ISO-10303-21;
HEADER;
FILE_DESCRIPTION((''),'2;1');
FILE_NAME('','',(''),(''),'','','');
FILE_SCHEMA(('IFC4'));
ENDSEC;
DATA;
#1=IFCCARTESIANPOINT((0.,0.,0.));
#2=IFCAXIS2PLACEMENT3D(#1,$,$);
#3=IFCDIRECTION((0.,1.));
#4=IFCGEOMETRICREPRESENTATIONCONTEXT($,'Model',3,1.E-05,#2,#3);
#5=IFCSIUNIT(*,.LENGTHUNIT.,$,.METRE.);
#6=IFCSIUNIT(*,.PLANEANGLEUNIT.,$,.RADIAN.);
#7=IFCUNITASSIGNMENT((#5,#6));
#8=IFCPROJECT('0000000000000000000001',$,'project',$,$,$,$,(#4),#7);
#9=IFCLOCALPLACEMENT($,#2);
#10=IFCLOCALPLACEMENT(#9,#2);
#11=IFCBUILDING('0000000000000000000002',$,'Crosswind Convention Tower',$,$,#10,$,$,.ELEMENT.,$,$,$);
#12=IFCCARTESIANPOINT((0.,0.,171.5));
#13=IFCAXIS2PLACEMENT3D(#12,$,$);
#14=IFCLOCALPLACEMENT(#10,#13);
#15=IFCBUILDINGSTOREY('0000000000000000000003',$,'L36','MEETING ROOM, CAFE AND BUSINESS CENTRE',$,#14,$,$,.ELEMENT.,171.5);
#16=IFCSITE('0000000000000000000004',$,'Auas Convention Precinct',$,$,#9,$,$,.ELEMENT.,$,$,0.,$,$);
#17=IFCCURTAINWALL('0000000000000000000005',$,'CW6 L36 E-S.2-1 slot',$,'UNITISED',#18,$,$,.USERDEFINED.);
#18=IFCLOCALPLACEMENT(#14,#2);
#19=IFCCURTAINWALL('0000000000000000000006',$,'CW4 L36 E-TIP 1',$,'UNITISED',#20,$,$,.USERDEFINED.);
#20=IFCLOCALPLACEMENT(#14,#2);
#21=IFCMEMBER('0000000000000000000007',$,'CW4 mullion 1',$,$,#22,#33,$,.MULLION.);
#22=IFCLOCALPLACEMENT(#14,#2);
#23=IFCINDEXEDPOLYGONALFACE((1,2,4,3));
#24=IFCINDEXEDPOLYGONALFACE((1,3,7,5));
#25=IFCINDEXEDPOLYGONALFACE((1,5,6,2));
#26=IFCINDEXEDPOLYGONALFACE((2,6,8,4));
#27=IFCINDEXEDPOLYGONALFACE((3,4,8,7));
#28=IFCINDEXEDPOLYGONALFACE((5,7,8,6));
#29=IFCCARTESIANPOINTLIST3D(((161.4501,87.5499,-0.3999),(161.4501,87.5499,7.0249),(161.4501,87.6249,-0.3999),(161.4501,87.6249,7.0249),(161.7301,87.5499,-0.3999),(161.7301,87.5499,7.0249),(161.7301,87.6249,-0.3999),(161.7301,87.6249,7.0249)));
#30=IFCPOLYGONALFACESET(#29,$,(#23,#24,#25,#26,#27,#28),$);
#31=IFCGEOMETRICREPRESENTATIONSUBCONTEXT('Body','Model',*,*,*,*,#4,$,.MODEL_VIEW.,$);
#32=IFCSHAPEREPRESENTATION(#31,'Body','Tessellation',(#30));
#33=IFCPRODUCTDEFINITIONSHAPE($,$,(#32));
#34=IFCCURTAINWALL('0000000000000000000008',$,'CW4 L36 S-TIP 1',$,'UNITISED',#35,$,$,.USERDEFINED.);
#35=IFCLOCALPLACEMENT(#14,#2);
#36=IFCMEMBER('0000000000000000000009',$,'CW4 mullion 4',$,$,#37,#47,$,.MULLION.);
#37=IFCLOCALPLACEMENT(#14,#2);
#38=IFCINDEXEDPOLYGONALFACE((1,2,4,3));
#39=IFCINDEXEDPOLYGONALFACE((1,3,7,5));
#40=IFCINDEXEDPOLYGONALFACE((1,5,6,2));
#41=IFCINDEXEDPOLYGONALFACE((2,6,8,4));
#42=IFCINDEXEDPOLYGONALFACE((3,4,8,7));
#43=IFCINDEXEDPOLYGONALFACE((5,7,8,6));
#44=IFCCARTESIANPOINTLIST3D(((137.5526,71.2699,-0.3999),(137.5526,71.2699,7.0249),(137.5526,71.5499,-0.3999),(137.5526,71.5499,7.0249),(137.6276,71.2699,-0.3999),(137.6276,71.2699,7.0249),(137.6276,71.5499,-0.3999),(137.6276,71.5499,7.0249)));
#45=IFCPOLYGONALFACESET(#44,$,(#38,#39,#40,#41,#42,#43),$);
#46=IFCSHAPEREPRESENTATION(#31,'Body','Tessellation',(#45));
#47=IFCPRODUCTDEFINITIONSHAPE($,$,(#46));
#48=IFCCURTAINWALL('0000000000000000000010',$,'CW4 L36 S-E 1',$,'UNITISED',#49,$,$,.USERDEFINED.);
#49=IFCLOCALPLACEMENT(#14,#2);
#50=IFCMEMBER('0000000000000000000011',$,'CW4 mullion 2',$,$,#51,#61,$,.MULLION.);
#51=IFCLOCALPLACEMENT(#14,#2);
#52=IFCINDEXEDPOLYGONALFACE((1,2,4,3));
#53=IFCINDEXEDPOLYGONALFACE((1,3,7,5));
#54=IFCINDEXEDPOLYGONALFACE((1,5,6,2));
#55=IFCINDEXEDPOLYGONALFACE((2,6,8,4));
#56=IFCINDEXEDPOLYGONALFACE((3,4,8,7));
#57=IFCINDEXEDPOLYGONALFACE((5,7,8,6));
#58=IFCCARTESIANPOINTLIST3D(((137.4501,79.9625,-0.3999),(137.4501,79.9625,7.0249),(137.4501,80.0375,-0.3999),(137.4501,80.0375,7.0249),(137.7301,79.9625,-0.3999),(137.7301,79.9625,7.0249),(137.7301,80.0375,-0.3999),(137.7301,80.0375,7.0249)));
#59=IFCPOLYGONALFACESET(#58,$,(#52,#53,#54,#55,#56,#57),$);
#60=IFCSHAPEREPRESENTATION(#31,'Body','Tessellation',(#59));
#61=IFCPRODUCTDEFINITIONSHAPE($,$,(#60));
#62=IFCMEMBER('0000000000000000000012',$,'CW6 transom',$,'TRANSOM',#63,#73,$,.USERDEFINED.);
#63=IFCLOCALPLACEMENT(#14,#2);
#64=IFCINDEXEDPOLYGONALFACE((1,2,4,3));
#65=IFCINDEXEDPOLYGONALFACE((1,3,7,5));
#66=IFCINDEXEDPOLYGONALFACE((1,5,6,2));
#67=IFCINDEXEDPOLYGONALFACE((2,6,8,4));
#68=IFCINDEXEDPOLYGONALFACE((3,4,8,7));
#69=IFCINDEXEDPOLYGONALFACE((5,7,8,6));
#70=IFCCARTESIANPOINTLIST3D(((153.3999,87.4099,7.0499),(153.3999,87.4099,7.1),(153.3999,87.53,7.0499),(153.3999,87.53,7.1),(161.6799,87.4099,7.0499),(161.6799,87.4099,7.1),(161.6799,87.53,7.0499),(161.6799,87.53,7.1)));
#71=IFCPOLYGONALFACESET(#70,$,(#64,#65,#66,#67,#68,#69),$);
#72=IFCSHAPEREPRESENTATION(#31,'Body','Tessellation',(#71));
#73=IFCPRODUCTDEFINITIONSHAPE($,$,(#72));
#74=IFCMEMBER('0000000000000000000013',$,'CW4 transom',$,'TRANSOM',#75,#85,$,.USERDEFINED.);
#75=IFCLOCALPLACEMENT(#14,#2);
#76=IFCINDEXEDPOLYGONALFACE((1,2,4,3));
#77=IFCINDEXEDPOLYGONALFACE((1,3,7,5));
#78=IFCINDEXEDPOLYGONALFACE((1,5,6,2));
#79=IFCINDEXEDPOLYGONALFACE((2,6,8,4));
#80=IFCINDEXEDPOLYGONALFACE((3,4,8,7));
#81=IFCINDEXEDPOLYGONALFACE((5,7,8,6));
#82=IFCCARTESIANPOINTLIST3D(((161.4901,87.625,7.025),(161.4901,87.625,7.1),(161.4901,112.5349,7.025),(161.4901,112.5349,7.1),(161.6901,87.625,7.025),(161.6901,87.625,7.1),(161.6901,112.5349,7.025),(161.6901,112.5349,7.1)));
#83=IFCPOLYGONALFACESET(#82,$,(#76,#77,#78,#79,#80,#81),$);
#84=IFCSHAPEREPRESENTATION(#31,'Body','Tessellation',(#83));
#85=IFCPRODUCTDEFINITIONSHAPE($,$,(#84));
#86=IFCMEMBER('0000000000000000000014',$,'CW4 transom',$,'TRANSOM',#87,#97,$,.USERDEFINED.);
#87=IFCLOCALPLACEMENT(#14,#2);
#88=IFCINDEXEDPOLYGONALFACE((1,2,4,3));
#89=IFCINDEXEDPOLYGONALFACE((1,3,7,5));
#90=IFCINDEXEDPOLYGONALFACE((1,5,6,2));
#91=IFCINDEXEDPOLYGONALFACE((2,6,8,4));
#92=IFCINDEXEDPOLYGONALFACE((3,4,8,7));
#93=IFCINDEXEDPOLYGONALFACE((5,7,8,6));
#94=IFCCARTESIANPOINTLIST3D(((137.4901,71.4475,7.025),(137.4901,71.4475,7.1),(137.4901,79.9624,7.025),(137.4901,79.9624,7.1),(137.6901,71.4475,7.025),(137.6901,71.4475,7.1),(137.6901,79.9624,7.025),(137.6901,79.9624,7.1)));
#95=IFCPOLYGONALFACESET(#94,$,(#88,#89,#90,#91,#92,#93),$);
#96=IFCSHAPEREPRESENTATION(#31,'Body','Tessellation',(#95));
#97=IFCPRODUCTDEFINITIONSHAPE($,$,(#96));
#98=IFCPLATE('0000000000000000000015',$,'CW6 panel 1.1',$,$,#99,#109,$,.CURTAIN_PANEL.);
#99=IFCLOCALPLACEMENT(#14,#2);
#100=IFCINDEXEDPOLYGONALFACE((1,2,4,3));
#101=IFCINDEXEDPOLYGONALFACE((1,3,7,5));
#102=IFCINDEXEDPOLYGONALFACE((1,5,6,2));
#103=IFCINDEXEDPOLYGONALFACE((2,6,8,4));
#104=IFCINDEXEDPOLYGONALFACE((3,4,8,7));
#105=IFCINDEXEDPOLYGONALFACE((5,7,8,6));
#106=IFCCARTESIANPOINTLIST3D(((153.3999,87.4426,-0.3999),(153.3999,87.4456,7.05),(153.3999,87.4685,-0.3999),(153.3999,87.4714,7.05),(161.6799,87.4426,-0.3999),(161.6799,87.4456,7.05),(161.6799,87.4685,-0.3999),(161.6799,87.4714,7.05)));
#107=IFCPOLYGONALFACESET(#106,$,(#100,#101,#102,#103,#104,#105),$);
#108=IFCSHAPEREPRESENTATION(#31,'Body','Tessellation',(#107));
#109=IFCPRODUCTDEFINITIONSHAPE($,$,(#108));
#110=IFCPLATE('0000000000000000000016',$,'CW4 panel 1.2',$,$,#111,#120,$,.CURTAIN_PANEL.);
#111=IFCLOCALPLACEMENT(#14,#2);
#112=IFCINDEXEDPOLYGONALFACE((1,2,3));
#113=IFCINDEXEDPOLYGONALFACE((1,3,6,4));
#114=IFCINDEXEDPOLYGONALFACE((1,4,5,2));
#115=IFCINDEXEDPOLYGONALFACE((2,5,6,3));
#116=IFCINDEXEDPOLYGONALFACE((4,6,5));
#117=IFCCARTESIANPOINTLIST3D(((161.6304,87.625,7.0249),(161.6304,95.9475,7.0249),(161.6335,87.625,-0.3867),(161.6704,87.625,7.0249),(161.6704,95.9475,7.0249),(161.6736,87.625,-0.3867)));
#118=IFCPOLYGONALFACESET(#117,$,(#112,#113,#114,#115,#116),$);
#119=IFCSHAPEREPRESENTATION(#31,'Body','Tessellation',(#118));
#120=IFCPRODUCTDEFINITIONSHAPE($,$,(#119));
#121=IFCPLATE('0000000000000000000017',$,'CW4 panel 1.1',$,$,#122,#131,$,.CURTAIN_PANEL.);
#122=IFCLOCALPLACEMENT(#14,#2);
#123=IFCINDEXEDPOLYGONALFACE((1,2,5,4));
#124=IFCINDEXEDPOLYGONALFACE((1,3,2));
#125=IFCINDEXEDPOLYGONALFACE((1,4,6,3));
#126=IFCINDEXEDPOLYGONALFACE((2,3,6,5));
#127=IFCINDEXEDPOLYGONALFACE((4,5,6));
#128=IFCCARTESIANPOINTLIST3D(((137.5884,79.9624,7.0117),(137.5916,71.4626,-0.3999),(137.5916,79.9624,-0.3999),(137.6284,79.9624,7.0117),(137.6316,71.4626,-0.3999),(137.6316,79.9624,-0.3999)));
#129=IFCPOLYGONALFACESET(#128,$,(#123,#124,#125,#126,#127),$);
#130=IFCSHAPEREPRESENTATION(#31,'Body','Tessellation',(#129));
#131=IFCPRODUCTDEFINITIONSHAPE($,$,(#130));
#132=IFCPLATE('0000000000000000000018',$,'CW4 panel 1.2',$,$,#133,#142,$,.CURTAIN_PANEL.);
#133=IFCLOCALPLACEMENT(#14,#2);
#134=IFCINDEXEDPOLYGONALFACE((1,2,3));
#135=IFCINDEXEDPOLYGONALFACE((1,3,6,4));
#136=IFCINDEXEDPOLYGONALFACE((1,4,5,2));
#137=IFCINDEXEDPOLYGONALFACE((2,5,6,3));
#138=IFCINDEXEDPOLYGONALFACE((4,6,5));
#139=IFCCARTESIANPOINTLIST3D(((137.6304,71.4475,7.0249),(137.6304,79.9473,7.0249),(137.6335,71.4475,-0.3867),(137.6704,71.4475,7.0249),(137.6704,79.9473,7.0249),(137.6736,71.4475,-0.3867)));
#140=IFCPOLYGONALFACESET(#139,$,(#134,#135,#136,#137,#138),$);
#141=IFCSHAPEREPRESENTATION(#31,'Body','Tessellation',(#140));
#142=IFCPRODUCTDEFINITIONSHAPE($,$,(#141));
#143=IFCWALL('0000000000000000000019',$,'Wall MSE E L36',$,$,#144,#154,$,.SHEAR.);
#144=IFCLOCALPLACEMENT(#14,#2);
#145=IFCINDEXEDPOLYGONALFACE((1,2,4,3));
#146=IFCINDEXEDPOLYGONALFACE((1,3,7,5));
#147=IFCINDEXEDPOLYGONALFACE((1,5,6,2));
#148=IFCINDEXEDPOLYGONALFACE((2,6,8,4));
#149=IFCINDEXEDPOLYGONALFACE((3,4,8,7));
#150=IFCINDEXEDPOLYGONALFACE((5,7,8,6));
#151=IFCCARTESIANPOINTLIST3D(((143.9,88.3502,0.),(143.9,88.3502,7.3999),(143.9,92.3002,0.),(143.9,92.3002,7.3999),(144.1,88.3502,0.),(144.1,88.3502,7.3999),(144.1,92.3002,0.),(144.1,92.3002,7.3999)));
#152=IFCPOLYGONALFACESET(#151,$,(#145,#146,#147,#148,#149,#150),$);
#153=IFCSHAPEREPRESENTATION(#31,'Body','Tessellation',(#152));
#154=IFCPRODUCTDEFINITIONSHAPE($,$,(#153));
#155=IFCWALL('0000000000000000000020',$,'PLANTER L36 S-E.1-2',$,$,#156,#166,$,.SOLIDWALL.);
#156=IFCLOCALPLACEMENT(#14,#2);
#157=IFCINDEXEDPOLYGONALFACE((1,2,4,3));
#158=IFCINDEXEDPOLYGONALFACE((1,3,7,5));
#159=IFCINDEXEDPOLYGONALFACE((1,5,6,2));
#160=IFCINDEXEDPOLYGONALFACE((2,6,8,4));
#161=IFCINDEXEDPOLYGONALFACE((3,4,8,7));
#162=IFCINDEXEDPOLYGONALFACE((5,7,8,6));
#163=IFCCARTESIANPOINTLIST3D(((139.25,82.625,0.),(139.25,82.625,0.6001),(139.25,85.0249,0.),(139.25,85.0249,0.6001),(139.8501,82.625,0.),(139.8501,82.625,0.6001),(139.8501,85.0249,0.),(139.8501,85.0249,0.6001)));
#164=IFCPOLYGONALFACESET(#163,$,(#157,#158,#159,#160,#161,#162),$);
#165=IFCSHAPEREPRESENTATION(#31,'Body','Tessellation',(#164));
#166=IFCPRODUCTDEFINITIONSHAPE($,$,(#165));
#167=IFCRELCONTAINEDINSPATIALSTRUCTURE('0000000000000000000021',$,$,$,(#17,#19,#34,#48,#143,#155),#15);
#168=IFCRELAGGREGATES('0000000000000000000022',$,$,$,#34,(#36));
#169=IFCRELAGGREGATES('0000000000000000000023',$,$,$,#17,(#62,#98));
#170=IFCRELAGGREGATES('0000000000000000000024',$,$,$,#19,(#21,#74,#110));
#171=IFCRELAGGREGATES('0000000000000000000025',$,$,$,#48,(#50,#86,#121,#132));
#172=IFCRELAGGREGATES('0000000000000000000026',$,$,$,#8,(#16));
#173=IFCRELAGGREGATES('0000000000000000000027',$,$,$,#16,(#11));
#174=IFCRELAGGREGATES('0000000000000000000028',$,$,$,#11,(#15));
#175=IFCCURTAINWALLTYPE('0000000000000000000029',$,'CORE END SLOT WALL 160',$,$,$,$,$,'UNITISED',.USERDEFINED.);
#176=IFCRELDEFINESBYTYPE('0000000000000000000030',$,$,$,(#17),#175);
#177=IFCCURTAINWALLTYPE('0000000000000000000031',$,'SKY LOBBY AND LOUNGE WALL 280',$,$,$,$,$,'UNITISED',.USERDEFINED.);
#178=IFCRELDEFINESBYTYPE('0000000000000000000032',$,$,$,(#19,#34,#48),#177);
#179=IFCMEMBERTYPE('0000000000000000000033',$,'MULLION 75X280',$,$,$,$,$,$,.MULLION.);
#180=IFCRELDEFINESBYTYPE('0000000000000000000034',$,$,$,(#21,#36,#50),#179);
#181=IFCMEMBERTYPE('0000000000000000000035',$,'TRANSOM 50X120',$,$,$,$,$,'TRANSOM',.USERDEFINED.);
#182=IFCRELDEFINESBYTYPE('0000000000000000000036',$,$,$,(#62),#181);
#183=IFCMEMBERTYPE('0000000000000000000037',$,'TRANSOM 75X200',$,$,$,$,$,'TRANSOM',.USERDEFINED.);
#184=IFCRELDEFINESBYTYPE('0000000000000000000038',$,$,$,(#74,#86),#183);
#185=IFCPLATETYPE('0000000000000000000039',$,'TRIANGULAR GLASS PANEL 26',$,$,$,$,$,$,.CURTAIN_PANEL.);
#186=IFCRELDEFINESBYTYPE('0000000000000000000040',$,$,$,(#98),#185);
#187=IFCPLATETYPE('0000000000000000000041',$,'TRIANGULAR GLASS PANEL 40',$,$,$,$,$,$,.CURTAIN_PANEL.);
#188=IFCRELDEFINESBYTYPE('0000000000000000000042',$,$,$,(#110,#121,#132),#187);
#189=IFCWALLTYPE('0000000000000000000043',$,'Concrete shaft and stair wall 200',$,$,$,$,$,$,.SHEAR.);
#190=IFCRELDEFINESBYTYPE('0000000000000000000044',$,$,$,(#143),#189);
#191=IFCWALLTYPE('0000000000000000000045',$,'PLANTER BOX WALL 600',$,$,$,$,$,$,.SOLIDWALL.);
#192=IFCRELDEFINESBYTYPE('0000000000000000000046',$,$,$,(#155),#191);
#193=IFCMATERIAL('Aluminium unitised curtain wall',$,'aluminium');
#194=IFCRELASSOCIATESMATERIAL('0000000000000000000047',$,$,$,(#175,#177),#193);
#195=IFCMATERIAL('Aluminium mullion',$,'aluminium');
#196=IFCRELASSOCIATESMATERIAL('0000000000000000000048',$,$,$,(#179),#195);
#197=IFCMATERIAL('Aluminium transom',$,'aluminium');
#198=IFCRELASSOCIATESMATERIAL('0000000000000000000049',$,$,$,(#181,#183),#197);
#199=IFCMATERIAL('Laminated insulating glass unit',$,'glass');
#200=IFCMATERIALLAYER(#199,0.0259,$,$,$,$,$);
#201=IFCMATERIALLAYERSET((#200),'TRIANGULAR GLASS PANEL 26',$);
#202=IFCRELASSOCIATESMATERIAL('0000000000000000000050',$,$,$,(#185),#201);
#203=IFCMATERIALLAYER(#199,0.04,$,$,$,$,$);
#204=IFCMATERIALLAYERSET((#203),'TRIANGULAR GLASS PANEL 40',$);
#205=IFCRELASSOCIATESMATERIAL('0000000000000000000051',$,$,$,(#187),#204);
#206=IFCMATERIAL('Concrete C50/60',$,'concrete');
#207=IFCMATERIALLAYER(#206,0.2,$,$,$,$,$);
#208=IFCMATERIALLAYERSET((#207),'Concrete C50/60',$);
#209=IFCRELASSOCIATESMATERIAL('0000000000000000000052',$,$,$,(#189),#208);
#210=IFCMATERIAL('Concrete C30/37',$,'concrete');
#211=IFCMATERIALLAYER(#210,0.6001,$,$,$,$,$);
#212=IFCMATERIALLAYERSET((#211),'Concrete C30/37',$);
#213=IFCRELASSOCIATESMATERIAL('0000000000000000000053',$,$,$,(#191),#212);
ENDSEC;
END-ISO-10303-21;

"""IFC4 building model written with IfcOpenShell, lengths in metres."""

from ifc_helpers import new_model, si_unit, direction, frame, frame_2d, origin, origin_2d, place, context, subcontext, project, spatial, polyline, rectangle, outline, extrude, material, layer, layer_set, material_profile, profile_set, type_object, element, aggregate, save


model = new_model("IFC4")

# Units and contexts
model_context = context("Model", 3, precision=1e-05, world=origin(), true_north=direction((0.0, 1.0)))
body_context = subcontext(model_context, "Body", "Model", "MODEL_VIEW")
ifc_project = project(units=[si_unit("LENGTHUNIT", "METRE"), si_unit("PLANEANGLEUNIT", "RADIAN")], contexts=[model_context])

# Site, building, storey
site_placement = place(None, origin())
site = spatial("IfcSite", under=ifc_project, at=site_placement, Name="Auas Convention Precinct", CompositionType="ELEMENT", RefElevation=0.0)
building_placement = place(site_placement, origin())
building = spatial("IfcBuilding", under=site, at=building_placement, Name="Crosswind Convention Tower", CompositionType="ELEMENT")
storey_placement = place(building_placement, frame((0.0, 0.0, 171.5)))
storey = spatial("IfcBuildingStorey", under=building, at=storey_placement, Name="L36", Description="MEETING ROOM, CAFE AND BUSINESS CENTRE", CompositionType="ELEMENT", Elevation=171.5)

# Curtain wall
ifc_material_1 = material(Name="Aluminium unitised curtain wall", Category="aluminium")
curtain_wall_type_1 = type_object("IfcCurtainWallType", Name="CORE END SLOT WALL 160", ElementType="UNITISED", PredefinedType="USERDEFINED", material=ifc_material_1)
curtain_wall_1_placement = place(storey_placement, origin())
curtain_wall_1 = element("IfcCurtainWall", 1, at=curtain_wall_1_placement, inside=storey, type_object=curtain_wall_type_1, Name="CW6 L36 E-S.2-1 slot", ObjectType="UNITISED", PredefinedType="USERDEFINED")
ifc_material_2 = material(Name="Aluminium mullion", Category="aluminium")

# Curtain walls, members
curtain_wall_type_2 = type_object("IfcCurtainWallType", Name="SKY LOBBY AND LOUNGE WALL 280", ElementType="UNITISED", PredefinedType="USERDEFINED", material=ifc_material_1)
curtain_wall_2_placement = place(storey_placement, origin())
curtain_wall_2 = element("IfcCurtainWall", 2, at=curtain_wall_2_placement, inside=storey, type_object=curtain_wall_type_2, Name="CW4 L36 E-TIP 1", ObjectType="UNITISED", PredefinedType="USERDEFINED")
ifc_material_profile_1 = material_profile(ifc_material_2, rectangle(XDim=0.28, YDim=0.075, at=origin_2d()), Name="AL 280X75")
ifc_profile_set_1 = profile_set([ifc_material_profile_1], Name="Aluminium mullion")
member_type_1 = type_object("IfcMemberType", Name="MULLION 75X280", PredefinedType="MULLION", material=ifc_profile_set_1)
member_1_placement = place(storey_placement, frame((161.5901, 87.5874, -0.3999), z_axis=(0.0, 0.0, 1.0), x_axis=(1.0, 0.0, 0.0)))
member_1 = element("IfcMember", 3, at=member_1_placement, type_object=member_type_1, Name="CW4 mullion 1", PredefinedType="MULLION", context=body_context, shape_type="SweptSolid", body=[
    extrude(rectangle(XDim=0.28, YDim=0.075, at=origin_2d()), origin(), (0.0, 0.0, 1.0), 7.4248),
])
curtain_wall_3_placement = place(storey_placement, origin())
curtain_wall_3 = element("IfcCurtainWall", 4, at=curtain_wall_3_placement, inside=storey, type_object=curtain_wall_type_2, Name="CW4 L36 S-TIP 1", ObjectType="UNITISED", PredefinedType="USERDEFINED")
member_2_placement = place(storey_placement, frame((137.5901, 71.4099, -0.3999), z_axis=(0.0, 0.0, 1.0), x_axis=(0.0, -1.0, 0.0)))
member_2 = element("IfcMember", 5, at=member_2_placement, type_object=member_type_1, Name="CW4 mullion 4", PredefinedType="MULLION", context=body_context, shape_type="SweptSolid", body=[
    extrude(rectangle(XDim=0.28, YDim=0.075, at=origin_2d()), origin(), (0.0, 0.0, 1.0), 7.4248),
])
aggregate(curtain_wall_3, [member_2])
curtain_wall_4_placement = place(storey_placement, origin())
curtain_wall_4 = element("IfcCurtainWall", 6, at=curtain_wall_4_placement, inside=storey, type_object=curtain_wall_type_2, Name="CW4 L36 S-E 1", ObjectType="UNITISED", PredefinedType="USERDEFINED")
member_3_placement = place(storey_placement, frame((137.5901, 80.0, -0.3999), z_axis=(0.0, 0.0, 1.0), x_axis=(1.0, 0.0, 0.0)))
member_3 = element("IfcMember", 7, at=member_3_placement, type_object=member_type_1, Name="CW4 mullion 2", PredefinedType="MULLION", context=body_context, shape_type="SweptSolid", body=[
    extrude(rectangle(XDim=0.28, YDim=0.075, at=origin_2d()), origin(), (0.0, 0.0, 1.0), 7.4248),
])

# Members
ifc_material_3 = material(Name="Aluminium transom", Category="aluminium")
ifc_material_profile_2 = material_profile(ifc_material_3, rectangle(XDim=0.1201, YDim=0.05, at=origin_2d()), Name="AL 120X50")
ifc_profile_set_2 = profile_set([ifc_material_profile_2], Name="Aluminium transom")
member_type_2 = type_object("IfcMemberType", Name="TRANSOM 50X120", ElementType="TRANSOM", PredefinedType="USERDEFINED", material=ifc_profile_set_2)
member_4_placement = place(storey_placement, frame((153.3999, 87.47, 7.075), z_axis=(1.0, 0.0, 0.0), x_axis=(0.0, 1.0, 0.0)))
member_4 = element("IfcMember", 8, at=member_4_placement, type_object=member_type_2, Name="CW6 transom", ObjectType="TRANSOM", PredefinedType="USERDEFINED", context=body_context, shape_type="SweptSolid", body=[
    extrude(rectangle(XDim=0.1201, YDim=0.05, at=origin_2d()), origin(), (0.0, 0.0, 1.0), 8.28),
])
ifc_material_profile_3 = material_profile(ifc_material_3, rectangle(XDim=0.2, YDim=0.075, at=origin_2d()), Name="AL 200X75")
ifc_profile_set_3 = profile_set([ifc_material_profile_3], Name="Aluminium transom")
member_type_3 = type_object("IfcMemberType", Name="TRANSOM 75X200", ElementType="TRANSOM", PredefinedType="USERDEFINED", material=ifc_profile_set_3)
member_5_placement = place(storey_placement, frame((161.5901, 87.625, 7.0625), z_axis=(0.0, 1.0, 0.0), x_axis=(-1.0, 0.0, 0.0)))
member_5 = element("IfcMember", 9, at=member_5_placement, type_object=member_type_3, Name="CW4 transom", ObjectType="TRANSOM", PredefinedType="USERDEFINED", context=body_context, shape_type="SweptSolid", body=[
    extrude(rectangle(XDim=0.2, YDim=0.075, at=origin_2d()), origin(), (0.0, 0.0, 1.0), 24.9099),
])
member_6_placement = place(storey_placement, frame((137.5901, 71.4475, 7.0625), z_axis=(0.0, 1.0, 0.0), x_axis=(-1.0, 0.0, 0.0)))
member_6 = element("IfcMember", 10, at=member_6_placement, type_object=member_type_3, Name="CW4 transom", ObjectType="TRANSOM", PredefinedType="USERDEFINED", context=body_context, shape_type="SweptSolid", body=[
    extrude(rectangle(XDim=0.2, YDim=0.075, at=origin_2d()), origin(), (0.0, 0.0, 1.0), 8.5149),
])

# Plates
ifc_material_4 = material(Name="Laminated insulating glass unit", Category="glass")
ifc_layer_1 = layer(ifc_material_4, 0.0259)
ifc_layer_set_1 = layer_set([ifc_layer_1], Name="TRIANGULAR GLASS PANEL 26")
plate_type_1 = type_object("IfcPlateType", Name="TRIANGULAR GLASS PANEL 26", PredefinedType="CURTAIN_PANEL", material=ifc_layer_set_1)
plate_1_placement = place(storey_placement, frame((153.3999, 87.4426, -0.3999), z_axis=(0.0, -1.0, 0.000393), x_axis=(1.0, 0.0, 0.0)))
plate_1 = element("IfcPlate", 11, at=plate_1_placement, type_object=plate_type_1, Name="CW6 panel 1.1", PredefinedType="CURTAIN_PANEL", context=body_context, shape_type="SweptSolid", body=[
    extrude(outline(polyline([(0.0, 0.0), (8.28, 0.0), (8.28, 7.45), (0.0, 7.45), (0.0, 0.0)])), origin(), (0.0, 0.0, -1.0), 0.0259),
])
aggregate(curtain_wall_1, [member_4, plate_1])
ifc_layer_2 = layer(ifc_material_4, 0.04)
ifc_layer_set_2 = layer_set([ifc_layer_2], Name="TRIANGULAR GLASS PANEL 40")
plate_type_2 = type_object("IfcPlateType", Name="TRIANGULAR GLASS PANEL 40", PredefinedType="CURTAIN_PANEL", material=ifc_layer_set_2)
plate_2_placement = place(storey_placement, frame((161.6704, 87.625, 7.0249), z_axis=(1.0, 0.0, 0.000428), x_axis=(0.000428, 0.0, -1.0)))
plate_2 = element("IfcPlate", 12, at=plate_2_placement, type_object=plate_type_2, Name="CW4 panel 1.2", PredefinedType="CURTAIN_PANEL", context=body_context, shape_type="SweptSolid", body=[
    extrude(outline(polyline([(0.0, 0.0), (7.4116, 0.0), (0.0, 8.3225), (0.0, 0.0)])), origin(), (0.0, 0.0, -1.0), 0.04),
])
plate_3_placement = place(storey_placement, frame((137.6316, 79.9624, -0.3999), z_axis=(1.0, 0.0, 0.000428), x_axis=(-0.000428, 0.0, 1.0)))
plate_3 = element("IfcPlate", 13, at=plate_3_placement, type_object=plate_type_2, Name="CW4 panel 1.1", PredefinedType="CURTAIN_PANEL", context=body_context, shape_type="SweptSolid", body=[
    extrude(outline(polyline([(0.0, 0.0), (7.4116, 0.0), (0.0, 8.4998), (0.0, 0.0)])), origin(), (0.0, 0.0, -1.0), 0.04),
])
plate_4_placement = place(storey_placement, frame((137.6704, 71.4475, 7.0249), z_axis=(1.0, 0.0, 0.000428), x_axis=(0.000428, 0.0, -1.0)))
plate_4 = element("IfcPlate", 14, at=plate_4_placement, type_object=plate_type_2, Name="CW4 panel 1.2", PredefinedType="CURTAIN_PANEL", context=body_context, shape_type="SweptSolid", body=[
    extrude(outline(polyline([(0.0, 0.0), (7.4116, 0.0), (0.0, 8.4998), (0.0, 0.0)])), origin(), (0.0, 0.0, -1.0), 0.04),
])

# Walls
ifc_material_5 = material(Name="Concrete C50/60", Category="concrete")
ifc_layer_3 = layer(ifc_material_5, 0.2)
ifc_layer_set_3 = layer_set([ifc_layer_3], Name="Concrete C50/60")
wall_type_1 = type_object("IfcWallType", Name="Concrete shaft and stair wall 200", PredefinedType="SHEAR", material=ifc_layer_set_3)
wall_1_placement = place(storey_placement, frame((144.0, 88.3501, 0.0), z_axis=(0.0, 0.0, 1.0), x_axis=(0.0, 1.0, 0.0)))
element("IfcWall", 15, at=wall_1_placement, inside=storey, type_object=wall_type_1, Name="Wall MSE E L36", PredefinedType="SHEAR", context=body_context, shape_type="SweptSolid", body=[
    extrude(rectangle(XDim=3.95, YDim=0.2, at=frame_2d((1.9751, 0.0))), origin(), (0.0, 0.0, 1.0), 7.3999),
])
ifc_material_6 = material(Name="Concrete C30/37", Category="concrete")
ifc_layer_4 = layer(ifc_material_6, 0.6001)
ifc_layer_set_4 = layer_set([ifc_layer_4], Name="Concrete C30/37")
wall_type_2 = type_object("IfcWallType", Name="PLANTER BOX WALL 600", PredefinedType="SOLIDWALL", material=ifc_layer_set_4)
wall_2_placement = place(storey_placement, frame((139.55, 82.625, 0.0), z_axis=(0.0, 0.0, 1.0), x_axis=(0.0, 1.0, 0.0)))
element("IfcWall", 16, at=wall_2_placement, inside=storey, type_object=wall_type_2, Name="PLANTER L36 S-E.1-2", PredefinedType="SOLIDWALL", context=body_context, shape_type="SweptSolid", body=[
    extrude(rectangle(XDim=2.3999, YDim=0.6001, at=frame_2d((1.2, 0.0))), origin(), (0.0, 0.0, 1.0), 0.6001),
])

aggregate(curtain_wall_2, [member_1, member_5, plate_2])
aggregate(curtain_wall_4, [member_3, member_6, plate_3, plate_4])

save(model, "model.ifc")
